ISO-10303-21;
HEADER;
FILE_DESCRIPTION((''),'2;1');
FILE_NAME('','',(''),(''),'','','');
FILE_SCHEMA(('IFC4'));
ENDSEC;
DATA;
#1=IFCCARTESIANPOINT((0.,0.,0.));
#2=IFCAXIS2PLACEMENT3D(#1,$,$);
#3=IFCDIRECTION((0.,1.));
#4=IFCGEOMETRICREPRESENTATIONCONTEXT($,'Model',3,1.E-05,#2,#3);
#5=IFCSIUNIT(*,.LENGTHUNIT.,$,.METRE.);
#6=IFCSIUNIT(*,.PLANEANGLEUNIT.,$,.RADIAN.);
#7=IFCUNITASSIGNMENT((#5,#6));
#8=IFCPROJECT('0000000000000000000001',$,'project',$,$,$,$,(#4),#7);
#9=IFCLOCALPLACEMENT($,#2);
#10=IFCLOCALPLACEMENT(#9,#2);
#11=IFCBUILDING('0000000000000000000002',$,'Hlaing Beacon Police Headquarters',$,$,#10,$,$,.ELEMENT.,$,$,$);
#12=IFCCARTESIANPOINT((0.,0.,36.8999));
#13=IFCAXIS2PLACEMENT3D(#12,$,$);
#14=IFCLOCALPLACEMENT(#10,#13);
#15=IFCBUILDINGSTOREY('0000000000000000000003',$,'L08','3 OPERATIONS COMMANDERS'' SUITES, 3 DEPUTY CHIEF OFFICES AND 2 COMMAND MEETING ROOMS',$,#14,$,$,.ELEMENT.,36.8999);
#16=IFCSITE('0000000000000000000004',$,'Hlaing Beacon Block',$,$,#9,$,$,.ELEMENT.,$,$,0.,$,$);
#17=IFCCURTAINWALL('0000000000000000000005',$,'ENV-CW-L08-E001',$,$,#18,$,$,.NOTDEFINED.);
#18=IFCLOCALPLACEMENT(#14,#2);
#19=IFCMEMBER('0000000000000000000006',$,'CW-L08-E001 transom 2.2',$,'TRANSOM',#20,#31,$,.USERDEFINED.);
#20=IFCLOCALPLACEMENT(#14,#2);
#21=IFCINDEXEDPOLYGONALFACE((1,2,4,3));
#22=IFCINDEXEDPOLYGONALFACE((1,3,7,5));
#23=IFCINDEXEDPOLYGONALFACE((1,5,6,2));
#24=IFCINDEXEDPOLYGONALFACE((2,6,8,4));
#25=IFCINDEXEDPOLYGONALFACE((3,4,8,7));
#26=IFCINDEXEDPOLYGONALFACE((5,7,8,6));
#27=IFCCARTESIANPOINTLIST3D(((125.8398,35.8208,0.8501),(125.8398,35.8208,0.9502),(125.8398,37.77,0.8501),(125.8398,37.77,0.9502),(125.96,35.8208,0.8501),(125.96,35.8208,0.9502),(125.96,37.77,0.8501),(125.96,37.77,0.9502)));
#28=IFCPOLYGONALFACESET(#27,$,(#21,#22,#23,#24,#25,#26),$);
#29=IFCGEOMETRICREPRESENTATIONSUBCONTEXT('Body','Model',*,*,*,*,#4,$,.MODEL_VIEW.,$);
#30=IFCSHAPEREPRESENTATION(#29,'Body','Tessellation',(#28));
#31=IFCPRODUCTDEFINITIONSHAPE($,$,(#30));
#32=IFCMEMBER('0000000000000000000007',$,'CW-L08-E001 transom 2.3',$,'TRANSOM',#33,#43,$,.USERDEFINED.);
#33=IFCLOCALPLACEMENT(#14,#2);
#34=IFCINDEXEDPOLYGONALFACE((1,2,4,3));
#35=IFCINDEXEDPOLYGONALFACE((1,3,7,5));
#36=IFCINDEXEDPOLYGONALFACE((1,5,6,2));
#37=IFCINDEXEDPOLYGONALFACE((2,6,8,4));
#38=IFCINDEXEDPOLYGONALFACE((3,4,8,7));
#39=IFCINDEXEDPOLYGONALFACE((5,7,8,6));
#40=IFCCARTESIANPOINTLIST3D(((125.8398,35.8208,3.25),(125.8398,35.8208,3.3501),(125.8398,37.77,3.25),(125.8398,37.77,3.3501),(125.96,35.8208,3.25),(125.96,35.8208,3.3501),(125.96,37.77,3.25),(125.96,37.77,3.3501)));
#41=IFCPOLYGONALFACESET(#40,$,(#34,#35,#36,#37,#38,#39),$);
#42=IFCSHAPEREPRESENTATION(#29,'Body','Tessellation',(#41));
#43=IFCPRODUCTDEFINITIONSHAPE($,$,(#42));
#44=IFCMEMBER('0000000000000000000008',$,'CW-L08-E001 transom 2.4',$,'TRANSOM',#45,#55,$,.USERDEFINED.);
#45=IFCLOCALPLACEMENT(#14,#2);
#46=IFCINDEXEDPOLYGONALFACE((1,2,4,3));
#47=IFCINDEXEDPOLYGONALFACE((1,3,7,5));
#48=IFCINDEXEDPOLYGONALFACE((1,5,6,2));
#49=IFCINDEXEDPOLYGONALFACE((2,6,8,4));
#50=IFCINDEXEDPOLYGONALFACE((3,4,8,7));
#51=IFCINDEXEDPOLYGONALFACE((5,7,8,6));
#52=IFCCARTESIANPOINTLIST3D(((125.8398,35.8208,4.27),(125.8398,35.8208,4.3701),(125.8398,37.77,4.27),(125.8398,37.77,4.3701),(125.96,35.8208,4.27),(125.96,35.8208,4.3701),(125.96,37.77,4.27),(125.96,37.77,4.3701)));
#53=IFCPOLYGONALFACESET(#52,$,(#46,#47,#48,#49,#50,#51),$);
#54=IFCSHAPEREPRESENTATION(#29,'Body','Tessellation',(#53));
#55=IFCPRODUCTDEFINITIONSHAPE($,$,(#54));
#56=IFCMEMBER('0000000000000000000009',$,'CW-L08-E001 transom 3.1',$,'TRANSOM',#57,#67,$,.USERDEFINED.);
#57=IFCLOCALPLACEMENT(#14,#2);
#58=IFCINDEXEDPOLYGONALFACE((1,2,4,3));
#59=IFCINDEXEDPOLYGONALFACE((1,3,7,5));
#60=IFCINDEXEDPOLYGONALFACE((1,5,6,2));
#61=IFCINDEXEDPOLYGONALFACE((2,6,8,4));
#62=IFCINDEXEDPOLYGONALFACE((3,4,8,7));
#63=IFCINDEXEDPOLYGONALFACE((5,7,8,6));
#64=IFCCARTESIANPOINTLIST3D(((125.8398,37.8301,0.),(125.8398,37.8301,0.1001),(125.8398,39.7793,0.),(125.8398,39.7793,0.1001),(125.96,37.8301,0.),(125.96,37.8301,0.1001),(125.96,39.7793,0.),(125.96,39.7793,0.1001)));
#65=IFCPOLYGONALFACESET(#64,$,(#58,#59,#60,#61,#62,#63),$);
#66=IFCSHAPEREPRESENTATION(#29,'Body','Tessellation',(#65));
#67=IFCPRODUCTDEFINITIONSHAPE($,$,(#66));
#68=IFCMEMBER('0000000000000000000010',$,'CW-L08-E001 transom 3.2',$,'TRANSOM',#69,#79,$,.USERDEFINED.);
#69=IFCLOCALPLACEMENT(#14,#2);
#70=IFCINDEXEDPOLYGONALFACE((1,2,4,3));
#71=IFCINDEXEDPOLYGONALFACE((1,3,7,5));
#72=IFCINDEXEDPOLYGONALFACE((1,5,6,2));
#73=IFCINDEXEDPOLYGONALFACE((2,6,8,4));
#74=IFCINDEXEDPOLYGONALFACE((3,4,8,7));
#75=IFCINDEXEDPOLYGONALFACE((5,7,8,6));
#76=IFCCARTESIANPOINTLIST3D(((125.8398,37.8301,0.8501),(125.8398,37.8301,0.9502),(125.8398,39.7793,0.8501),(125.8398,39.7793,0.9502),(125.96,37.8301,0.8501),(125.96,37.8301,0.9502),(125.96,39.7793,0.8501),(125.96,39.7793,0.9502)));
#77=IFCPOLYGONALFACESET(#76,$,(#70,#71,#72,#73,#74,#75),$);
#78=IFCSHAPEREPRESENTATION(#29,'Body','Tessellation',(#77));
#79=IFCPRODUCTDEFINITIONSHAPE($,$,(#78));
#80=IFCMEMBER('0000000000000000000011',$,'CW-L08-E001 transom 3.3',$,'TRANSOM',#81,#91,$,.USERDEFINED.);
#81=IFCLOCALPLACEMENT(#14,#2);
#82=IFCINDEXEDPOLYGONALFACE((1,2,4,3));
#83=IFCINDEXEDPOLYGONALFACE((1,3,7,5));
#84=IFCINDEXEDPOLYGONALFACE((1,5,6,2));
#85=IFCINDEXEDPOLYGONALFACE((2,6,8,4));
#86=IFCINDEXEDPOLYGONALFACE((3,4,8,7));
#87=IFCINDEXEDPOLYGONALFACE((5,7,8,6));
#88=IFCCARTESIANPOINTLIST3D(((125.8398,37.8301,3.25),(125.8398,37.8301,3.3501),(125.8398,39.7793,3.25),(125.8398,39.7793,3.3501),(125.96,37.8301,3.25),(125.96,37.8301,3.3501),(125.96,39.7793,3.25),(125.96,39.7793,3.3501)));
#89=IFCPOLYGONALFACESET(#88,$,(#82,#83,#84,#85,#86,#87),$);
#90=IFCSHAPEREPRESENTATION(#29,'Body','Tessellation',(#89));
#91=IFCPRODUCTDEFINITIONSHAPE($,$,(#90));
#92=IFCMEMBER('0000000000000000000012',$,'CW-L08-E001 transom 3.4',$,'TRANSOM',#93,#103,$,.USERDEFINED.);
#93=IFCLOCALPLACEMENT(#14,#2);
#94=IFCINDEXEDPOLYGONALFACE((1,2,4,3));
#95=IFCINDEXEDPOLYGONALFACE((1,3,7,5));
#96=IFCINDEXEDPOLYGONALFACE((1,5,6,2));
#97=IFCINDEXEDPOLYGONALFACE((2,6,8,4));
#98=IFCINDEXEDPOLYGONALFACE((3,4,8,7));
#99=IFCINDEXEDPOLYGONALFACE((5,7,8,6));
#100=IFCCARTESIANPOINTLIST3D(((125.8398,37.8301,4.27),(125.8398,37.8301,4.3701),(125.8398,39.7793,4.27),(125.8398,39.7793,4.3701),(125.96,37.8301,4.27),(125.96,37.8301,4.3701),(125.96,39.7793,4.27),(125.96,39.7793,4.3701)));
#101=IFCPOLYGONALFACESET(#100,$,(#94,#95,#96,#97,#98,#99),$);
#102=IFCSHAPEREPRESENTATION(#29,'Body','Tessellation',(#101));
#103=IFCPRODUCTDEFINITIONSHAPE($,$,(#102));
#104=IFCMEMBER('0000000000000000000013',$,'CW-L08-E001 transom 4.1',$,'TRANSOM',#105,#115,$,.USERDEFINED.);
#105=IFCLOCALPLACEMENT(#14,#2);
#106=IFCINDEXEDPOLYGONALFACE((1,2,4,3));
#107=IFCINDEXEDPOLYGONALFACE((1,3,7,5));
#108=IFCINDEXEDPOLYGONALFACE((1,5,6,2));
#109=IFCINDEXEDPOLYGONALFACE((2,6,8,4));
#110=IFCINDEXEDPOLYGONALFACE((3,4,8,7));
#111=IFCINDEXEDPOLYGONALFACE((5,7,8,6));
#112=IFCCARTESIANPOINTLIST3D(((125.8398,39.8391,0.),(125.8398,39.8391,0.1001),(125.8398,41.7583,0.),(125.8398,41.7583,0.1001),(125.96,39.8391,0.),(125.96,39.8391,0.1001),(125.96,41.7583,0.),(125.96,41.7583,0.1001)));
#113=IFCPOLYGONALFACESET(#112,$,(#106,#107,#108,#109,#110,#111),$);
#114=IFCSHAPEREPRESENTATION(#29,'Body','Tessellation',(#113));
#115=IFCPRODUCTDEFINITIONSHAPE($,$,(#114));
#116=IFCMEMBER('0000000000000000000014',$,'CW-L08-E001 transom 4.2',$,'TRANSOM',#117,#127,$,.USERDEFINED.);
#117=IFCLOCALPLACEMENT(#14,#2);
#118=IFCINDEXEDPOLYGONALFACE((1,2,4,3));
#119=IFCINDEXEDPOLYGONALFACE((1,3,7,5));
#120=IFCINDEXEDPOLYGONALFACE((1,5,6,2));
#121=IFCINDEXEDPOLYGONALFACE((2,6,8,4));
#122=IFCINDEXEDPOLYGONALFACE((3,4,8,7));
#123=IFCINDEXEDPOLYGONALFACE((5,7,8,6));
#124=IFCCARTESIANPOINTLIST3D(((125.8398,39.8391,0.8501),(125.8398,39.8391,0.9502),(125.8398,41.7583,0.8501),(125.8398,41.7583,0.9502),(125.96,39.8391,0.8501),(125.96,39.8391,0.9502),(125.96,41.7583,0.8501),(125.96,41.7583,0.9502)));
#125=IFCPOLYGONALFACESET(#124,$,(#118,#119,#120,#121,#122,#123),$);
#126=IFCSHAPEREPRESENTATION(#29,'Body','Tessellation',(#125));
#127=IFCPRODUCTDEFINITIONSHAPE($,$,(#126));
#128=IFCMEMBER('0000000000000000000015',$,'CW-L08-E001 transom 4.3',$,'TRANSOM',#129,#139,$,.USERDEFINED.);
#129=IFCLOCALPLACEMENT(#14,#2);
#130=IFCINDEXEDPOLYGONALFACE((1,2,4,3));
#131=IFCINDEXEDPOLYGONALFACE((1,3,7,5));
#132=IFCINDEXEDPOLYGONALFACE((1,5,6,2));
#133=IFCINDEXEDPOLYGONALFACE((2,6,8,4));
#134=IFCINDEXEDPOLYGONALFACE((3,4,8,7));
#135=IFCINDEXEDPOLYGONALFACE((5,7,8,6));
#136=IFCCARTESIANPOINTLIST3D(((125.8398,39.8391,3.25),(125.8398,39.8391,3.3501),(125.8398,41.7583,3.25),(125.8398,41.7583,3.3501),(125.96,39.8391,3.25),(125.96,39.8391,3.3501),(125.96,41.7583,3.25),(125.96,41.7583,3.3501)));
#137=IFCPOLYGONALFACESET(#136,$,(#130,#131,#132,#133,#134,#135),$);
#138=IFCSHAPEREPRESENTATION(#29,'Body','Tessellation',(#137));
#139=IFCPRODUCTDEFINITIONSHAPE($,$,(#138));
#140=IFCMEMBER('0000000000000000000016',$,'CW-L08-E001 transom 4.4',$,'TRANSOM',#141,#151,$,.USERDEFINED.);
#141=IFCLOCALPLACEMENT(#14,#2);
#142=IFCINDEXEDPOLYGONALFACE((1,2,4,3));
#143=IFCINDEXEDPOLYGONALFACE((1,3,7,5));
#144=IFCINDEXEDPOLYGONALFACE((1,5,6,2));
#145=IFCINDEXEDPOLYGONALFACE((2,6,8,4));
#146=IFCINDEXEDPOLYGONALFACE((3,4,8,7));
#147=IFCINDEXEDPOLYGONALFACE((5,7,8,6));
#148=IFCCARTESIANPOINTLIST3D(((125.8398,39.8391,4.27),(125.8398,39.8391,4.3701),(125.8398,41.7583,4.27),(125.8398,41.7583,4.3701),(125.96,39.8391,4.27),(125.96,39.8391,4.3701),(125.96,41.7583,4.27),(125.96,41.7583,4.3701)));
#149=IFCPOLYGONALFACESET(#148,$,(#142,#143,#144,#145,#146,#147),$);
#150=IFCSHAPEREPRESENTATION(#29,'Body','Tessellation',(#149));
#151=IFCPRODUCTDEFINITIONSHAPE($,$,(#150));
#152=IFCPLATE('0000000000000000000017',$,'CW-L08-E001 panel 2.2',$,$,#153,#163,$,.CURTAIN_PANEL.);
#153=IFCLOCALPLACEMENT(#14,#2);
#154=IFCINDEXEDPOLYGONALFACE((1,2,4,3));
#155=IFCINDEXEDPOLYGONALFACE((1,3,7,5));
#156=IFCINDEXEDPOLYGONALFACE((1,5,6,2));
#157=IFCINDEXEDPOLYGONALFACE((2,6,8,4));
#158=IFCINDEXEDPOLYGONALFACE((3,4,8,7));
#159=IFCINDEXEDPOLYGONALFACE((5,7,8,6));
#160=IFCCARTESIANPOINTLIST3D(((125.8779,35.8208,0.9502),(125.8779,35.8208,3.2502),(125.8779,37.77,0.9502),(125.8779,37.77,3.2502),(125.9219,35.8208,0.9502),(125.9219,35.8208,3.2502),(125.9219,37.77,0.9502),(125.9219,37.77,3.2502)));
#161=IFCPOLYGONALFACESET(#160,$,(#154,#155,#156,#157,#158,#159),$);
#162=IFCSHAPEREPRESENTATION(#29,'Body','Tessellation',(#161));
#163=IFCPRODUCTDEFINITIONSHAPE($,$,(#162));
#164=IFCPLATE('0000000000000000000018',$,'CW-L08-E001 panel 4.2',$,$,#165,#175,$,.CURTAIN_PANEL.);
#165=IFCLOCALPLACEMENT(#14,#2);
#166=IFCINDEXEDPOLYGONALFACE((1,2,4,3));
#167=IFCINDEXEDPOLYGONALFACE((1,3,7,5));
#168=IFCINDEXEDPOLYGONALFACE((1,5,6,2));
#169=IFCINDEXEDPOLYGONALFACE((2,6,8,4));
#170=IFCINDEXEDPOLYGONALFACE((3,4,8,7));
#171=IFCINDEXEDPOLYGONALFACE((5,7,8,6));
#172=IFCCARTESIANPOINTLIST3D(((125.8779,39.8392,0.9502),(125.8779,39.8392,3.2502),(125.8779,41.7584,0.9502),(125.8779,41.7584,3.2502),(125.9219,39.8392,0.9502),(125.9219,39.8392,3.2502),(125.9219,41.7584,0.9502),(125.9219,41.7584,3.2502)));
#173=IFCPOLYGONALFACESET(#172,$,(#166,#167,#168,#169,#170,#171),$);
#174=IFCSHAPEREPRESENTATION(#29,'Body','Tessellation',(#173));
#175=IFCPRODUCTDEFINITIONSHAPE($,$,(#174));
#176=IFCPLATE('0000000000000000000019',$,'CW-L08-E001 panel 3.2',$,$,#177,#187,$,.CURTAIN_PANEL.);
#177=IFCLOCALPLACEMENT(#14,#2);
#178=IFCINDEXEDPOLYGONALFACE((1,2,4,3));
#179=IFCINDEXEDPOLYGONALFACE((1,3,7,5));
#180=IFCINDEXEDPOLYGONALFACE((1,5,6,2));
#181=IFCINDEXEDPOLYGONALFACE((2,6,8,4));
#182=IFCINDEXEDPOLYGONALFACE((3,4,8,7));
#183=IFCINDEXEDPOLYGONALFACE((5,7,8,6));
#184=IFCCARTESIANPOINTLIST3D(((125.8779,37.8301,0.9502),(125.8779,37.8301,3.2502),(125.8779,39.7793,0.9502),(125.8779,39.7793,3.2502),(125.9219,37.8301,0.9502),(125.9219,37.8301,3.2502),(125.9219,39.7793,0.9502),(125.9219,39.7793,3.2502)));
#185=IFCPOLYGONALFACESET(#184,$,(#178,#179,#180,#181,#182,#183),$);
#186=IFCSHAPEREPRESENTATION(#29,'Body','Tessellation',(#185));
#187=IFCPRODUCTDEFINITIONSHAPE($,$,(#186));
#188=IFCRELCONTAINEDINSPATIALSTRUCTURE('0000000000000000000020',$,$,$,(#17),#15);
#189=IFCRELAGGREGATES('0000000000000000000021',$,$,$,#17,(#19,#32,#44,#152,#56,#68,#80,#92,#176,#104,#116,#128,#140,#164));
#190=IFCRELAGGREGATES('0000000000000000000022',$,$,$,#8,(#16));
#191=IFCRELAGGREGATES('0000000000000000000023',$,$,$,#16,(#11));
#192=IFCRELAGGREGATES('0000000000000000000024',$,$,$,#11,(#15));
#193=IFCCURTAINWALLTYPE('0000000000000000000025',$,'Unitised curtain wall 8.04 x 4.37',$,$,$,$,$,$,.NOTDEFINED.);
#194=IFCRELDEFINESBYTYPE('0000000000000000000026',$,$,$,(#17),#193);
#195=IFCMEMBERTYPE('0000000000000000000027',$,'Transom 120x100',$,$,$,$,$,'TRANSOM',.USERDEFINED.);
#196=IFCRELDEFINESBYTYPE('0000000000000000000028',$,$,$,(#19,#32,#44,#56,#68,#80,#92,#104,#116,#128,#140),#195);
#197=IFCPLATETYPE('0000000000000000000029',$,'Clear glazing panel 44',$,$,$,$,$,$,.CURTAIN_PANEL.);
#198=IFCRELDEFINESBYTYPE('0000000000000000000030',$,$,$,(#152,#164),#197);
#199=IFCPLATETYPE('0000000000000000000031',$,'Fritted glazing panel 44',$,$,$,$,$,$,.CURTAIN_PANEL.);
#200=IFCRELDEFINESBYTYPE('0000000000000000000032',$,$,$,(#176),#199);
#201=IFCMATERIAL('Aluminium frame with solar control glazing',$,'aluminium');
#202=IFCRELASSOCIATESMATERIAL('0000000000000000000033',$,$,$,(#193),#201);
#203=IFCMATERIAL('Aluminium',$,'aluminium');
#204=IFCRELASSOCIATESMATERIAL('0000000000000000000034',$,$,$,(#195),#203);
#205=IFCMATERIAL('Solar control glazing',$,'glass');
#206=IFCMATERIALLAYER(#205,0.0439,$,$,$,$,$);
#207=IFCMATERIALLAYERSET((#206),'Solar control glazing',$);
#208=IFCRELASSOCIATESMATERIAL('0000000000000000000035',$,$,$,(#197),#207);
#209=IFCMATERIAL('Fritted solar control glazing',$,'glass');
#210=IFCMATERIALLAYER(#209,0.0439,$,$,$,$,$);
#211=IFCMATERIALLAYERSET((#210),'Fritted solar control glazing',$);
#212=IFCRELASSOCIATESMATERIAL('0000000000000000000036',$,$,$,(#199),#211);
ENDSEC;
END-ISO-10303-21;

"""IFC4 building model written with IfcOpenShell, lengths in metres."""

from ifc_helpers import new_model, si_unit, direction, frame, origin, origin_2d, place, context, subcontext, project, spatial, rectangle, extrude, material, layer, layer_set, material_profile, profile_set, type_object, element, aggregate, save


model = new_model("IFC4")

# Units and contexts
model_context = context("Model", 3, precision=1e-05, world=origin(), true_north=direction((0.0, 1.0)))
body_context = subcontext(model_context, "Body", "Model", "MODEL_VIEW")
ifc_project = project(units=[si_unit("LENGTHUNIT", "METRE"), si_unit("PLANEANGLEUNIT", "RADIAN")], contexts=[model_context])

# Site, building, storey
site_placement = place(None, origin())
site = spatial("IfcSite", under=ifc_project, at=site_placement, Name="Hlaing Beacon Block", CompositionType="ELEMENT", RefElevation=0.0)
building_placement = place(site_placement, origin())
building = spatial("IfcBuilding", under=site, at=building_placement, Name="Hlaing Beacon Police Headquarters", CompositionType="ELEMENT")
storey_placement = place(building_placement, frame((0.0, 0.0, 36.8999)))
storey = spatial("IfcBuildingStorey", under=building, at=storey_placement, Name="L08", Description="3 OPERATIONS COMMANDERS' SUITES, 3 DEPUTY CHIEF OFFICES AND 2 COMMAND MEETING ROOMS", CompositionType="ELEMENT", Elevation=36.8999)

# Curtain wall, members, plates
ifc_material_1 = material(Name="Aluminium frame with solar control glazing", Category="aluminium")
curtain_wall_type = type_object("IfcCurtainWallType", Name="Unitised curtain wall 8.04 x 4.37", PredefinedType="NOTDEFINED", material=ifc_material_1)
curtain_wall_placement = place(storey_placement, origin())
curtain_wall = element("IfcCurtainWall", 1, at=curtain_wall_placement, inside=storey, type_object=curtain_wall_type, Name="ENV-CW-L08-E001", PredefinedType="NOTDEFINED")
ifc_material_2 = material(Name="Aluminium", Category="aluminium")
ifc_material_profile_1 = material_profile(ifc_material_2, rectangle(XDim=0.1201, YDim=0.1001, at=origin_2d()), Name="Transom 120x100")
ifc_profile_set_1 = profile_set([ifc_material_profile_1], Name="Aluminium")
member_type_1 = type_object("IfcMemberType", Name="Transom 120x100", ElementType="TRANSOM", PredefinedType="USERDEFINED", material=ifc_profile_set_1)
member_1_placement = place(storey_placement, frame((125.8999, 35.8208, 0.9001), z_axis=(0.0, 1.0, 0.0), x_axis=(-1.0, 0.0, 0.0)))
member_1 = element("IfcMember", 2, at=member_1_placement, type_object=member_type_1, Name="CW-L08-E001 transom 2.2", ObjectType="TRANSOM", PredefinedType="USERDEFINED", context=body_context, shape_type="SweptSolid", body=[
    extrude(rectangle(XDim=0.1201, YDim=0.1001, at=origin_2d()), origin(), (0.0, 0.0, 1.0), 1.9492),
])
member_2_placement = place(storey_placement, frame((125.8999, 35.8208, 3.3), z_axis=(0.0, 1.0, 0.0), x_axis=(-1.0, 0.0, 0.0)))
member_2 = element("IfcMember", 3, at=member_2_placement, type_object=member_type_1, Name="CW-L08-E001 transom 2.3", ObjectType="TRANSOM", PredefinedType="USERDEFINED", context=body_context, shape_type="SweptSolid", body=[
    extrude(rectangle(XDim=0.1201, YDim=0.1001, at=origin_2d()), origin(), (0.0, 0.0, 1.0), 1.9492),
])
member_3_placement = place(storey_placement, frame((125.8999, 35.8208, 4.3201), z_axis=(0.0, 1.0, 0.0), x_axis=(-1.0, 0.0, 0.0)))
member_3 = element("IfcMember", 4, at=member_3_placement, type_object=member_type_1, Name="CW-L08-E001 transom 2.4", ObjectType="TRANSOM", PredefinedType="USERDEFINED", context=body_context, shape_type="SweptSolid", body=[
    extrude(rectangle(XDim=0.1201, YDim=0.1001, at=origin_2d()), origin(), (0.0, 0.0, 1.0), 1.9492),
])
member_4_placement = place(storey_placement, frame((125.8999, 37.8301, 0.05), z_axis=(0.0, 1.0, 0.0), x_axis=(-1.0, 0.0, 0.0)))
member_4 = element("IfcMember", 5, at=member_4_placement, type_object=member_type_1, Name="CW-L08-E001 transom 3.1", ObjectType="TRANSOM", PredefinedType="USERDEFINED", context=body_context, shape_type="SweptSolid", body=[
    extrude(rectangle(XDim=0.1201, YDim=0.1001, at=origin_2d()), origin(), (0.0, 0.0, 1.0), 1.9492),
])
member_5_placement = place(storey_placement, frame((125.8999, 37.8301, 0.9001), z_axis=(0.0, 1.0, 0.0), x_axis=(-1.0, 0.0, 0.0)))
member_5 = element("IfcMember", 6, at=member_5_placement, type_object=member_type_1, Name="CW-L08-E001 transom 3.2", ObjectType="TRANSOM", PredefinedType="USERDEFINED", context=body_context, shape_type="SweptSolid", body=[
    extrude(rectangle(XDim=0.1201, YDim=0.1001, at=origin_2d()), origin(), (0.0, 0.0, 1.0), 1.9492),
])
member_6_placement = place(storey_placement, frame((125.8999, 37.8301, 3.3), z_axis=(0.0, 1.0, 0.0), x_axis=(-1.0, 0.0, 0.0)))
member_6 = element("IfcMember", 7, at=member_6_placement, type_object=member_type_1, Name="CW-L08-E001 transom 3.3", ObjectType="TRANSOM", PredefinedType="USERDEFINED", context=body_context, shape_type="SweptSolid", body=[
    extrude(rectangle(XDim=0.1201, YDim=0.1001, at=origin_2d()), origin(), (0.0, 0.0, 1.0), 1.9492),
])
member_7_placement = place(storey_placement, frame((125.8999, 37.8301, 4.3201), z_axis=(0.0, 1.0, 0.0), x_axis=(-1.0, 0.0, 0.0)))
member_7 = element("IfcMember", 8, at=member_7_placement, type_object=member_type_1, Name="CW-L08-E001 transom 3.4", ObjectType="TRANSOM", PredefinedType="USERDEFINED", context=body_context, shape_type="SweptSolid", body=[
    extrude(rectangle(XDim=0.1201, YDim=0.1001, at=origin_2d()), origin(), (0.0, 0.0, 1.0), 1.9492),
])
member_8_placement = place(storey_placement, frame((125.8999, 39.8391, 0.05), z_axis=(0.0, 1.0, 0.0), x_axis=(-1.0, 0.0, 0.0)))
member_8 = element("IfcMember", 9, at=member_8_placement, type_object=member_type_1, Name="CW-L08-E001 transom 4.1", ObjectType="TRANSOM", PredefinedType="USERDEFINED", context=body_context, shape_type="SweptSolid", body=[
    extrude(rectangle(XDim=0.1201, YDim=0.1001, at=origin_2d()), origin(), (0.0, 0.0, 1.0), 1.9192),
])
member_9_placement = place(storey_placement, frame((125.8999, 39.8391, 0.9001), z_axis=(0.0, 1.0, 0.0), x_axis=(-1.0, 0.0, 0.0)))
member_9 = element("IfcMember", 10, at=member_9_placement, type_object=member_type_1, Name="CW-L08-E001 transom 4.2", ObjectType="TRANSOM", PredefinedType="USERDEFINED", context=body_context, shape_type="SweptSolid", body=[
    extrude(rectangle(XDim=0.1201, YDim=0.1001, at=origin_2d()), origin(), (0.0, 0.0, 1.0), 1.9192),
])
member_10_placement = place(storey_placement, frame((125.8999, 39.8391, 3.3), z_axis=(0.0, 1.0, 0.0), x_axis=(-1.0, 0.0, 0.0)))
member_10 = element("IfcMember", 11, at=member_10_placement, type_object=member_type_1, Name="CW-L08-E001 transom 4.3", ObjectType="TRANSOM", PredefinedType="USERDEFINED", context=body_context, shape_type="SweptSolid", body=[
    extrude(rectangle(XDim=0.1201, YDim=0.1001, at=origin_2d()), origin(), (0.0, 0.0, 1.0), 1.9192),
])
member_11_placement = place(storey_placement, frame((125.8999, 39.8391, 4.3201), z_axis=(0.0, 1.0, 0.0), x_axis=(-1.0, 0.0, 0.0)))
member_11 = element("IfcMember", 12, at=member_11_placement, type_object=member_type_1, Name="CW-L08-E001 transom 4.4", ObjectType="TRANSOM", PredefinedType="USERDEFINED", context=body_context, shape_type="SweptSolid", body=[
    extrude(rectangle(XDim=0.1201, YDim=0.1001, at=origin_2d()), origin(), (0.0, 0.0, 1.0), 1.9192),
])
ifc_material_3 = material(Name="Solar control glazing", Category="glass")
ifc_layer_1 = layer(ifc_material_3, 0.0439)
ifc_layer_set_1 = layer_set([ifc_layer_1], Name="Solar control glazing")
plate_type_1 = type_object("IfcPlateType", Name="Clear glazing panel 44", PredefinedType="CURTAIN_PANEL", material=ifc_layer_set_1)
plate_1_placement = place(storey_placement, frame((125.8999, 36.7954, 0.9502), z_axis=(0.0, 0.0, 1.0), x_axis=(0.0, 1.0, 0.0)))
plate_1 = element("IfcPlate", 13, at=plate_1_placement, type_object=plate_type_1, Name="CW-L08-E001 panel 2.2", PredefinedType="CURTAIN_PANEL", context=body_context, shape_type="SweptSolid", body=[
    extrude(rectangle(XDim=1.9492, YDim=0.0439, at=origin_2d()), origin(), (0.0, 0.0, 1.0), 2.3),
])
plate_2_placement = place(storey_placement, frame((125.8999, 40.7988, 0.9502), z_axis=(0.0, 0.0, 1.0), x_axis=(0.0, 1.0, 0.0)))
plate_2 = element("IfcPlate", 14, at=plate_2_placement, type_object=plate_type_1, Name="CW-L08-E001 panel 4.2", PredefinedType="CURTAIN_PANEL", context=body_context, shape_type="SweptSolid", body=[
    extrude(rectangle(XDim=1.9192, YDim=0.0439, at=origin_2d()), origin(), (0.0, 0.0, 1.0), 2.3),
])
ifc_material_4 = material(Name="Fritted solar control glazing", Category="glass")
ifc_layer_2 = layer(ifc_material_4, 0.0439)
ifc_layer_set_2 = layer_set([ifc_layer_2], Name="Fritted solar control glazing")
plate_type_2 = type_object("IfcPlateType", Name="Fritted glazing panel 44", PredefinedType="CURTAIN_PANEL", material=ifc_layer_set_2)
plate_3_placement = place(storey_placement, frame((125.8999, 38.8047, 0.9502), z_axis=(0.0, 0.0, 1.0), x_axis=(0.0, 1.0, 0.0)))
plate_3 = element("IfcPlate", 15, at=plate_3_placement, type_object=plate_type_2, Name="CW-L08-E001 panel 3.2", PredefinedType="CURTAIN_PANEL", context=body_context, shape_type="SweptSolid", body=[
    extrude(rectangle(XDim=1.9492, YDim=0.0439, at=origin_2d()), origin(), (0.0, 0.0, 1.0), 2.3),
])
aggregate(curtain_wall, [member_1, member_2, member_3, plate_1, member_4, member_5, member_6, member_7, plate_3, member_8, member_9, member_10, member_11, plate_2])

save(model, "model.ifc")
